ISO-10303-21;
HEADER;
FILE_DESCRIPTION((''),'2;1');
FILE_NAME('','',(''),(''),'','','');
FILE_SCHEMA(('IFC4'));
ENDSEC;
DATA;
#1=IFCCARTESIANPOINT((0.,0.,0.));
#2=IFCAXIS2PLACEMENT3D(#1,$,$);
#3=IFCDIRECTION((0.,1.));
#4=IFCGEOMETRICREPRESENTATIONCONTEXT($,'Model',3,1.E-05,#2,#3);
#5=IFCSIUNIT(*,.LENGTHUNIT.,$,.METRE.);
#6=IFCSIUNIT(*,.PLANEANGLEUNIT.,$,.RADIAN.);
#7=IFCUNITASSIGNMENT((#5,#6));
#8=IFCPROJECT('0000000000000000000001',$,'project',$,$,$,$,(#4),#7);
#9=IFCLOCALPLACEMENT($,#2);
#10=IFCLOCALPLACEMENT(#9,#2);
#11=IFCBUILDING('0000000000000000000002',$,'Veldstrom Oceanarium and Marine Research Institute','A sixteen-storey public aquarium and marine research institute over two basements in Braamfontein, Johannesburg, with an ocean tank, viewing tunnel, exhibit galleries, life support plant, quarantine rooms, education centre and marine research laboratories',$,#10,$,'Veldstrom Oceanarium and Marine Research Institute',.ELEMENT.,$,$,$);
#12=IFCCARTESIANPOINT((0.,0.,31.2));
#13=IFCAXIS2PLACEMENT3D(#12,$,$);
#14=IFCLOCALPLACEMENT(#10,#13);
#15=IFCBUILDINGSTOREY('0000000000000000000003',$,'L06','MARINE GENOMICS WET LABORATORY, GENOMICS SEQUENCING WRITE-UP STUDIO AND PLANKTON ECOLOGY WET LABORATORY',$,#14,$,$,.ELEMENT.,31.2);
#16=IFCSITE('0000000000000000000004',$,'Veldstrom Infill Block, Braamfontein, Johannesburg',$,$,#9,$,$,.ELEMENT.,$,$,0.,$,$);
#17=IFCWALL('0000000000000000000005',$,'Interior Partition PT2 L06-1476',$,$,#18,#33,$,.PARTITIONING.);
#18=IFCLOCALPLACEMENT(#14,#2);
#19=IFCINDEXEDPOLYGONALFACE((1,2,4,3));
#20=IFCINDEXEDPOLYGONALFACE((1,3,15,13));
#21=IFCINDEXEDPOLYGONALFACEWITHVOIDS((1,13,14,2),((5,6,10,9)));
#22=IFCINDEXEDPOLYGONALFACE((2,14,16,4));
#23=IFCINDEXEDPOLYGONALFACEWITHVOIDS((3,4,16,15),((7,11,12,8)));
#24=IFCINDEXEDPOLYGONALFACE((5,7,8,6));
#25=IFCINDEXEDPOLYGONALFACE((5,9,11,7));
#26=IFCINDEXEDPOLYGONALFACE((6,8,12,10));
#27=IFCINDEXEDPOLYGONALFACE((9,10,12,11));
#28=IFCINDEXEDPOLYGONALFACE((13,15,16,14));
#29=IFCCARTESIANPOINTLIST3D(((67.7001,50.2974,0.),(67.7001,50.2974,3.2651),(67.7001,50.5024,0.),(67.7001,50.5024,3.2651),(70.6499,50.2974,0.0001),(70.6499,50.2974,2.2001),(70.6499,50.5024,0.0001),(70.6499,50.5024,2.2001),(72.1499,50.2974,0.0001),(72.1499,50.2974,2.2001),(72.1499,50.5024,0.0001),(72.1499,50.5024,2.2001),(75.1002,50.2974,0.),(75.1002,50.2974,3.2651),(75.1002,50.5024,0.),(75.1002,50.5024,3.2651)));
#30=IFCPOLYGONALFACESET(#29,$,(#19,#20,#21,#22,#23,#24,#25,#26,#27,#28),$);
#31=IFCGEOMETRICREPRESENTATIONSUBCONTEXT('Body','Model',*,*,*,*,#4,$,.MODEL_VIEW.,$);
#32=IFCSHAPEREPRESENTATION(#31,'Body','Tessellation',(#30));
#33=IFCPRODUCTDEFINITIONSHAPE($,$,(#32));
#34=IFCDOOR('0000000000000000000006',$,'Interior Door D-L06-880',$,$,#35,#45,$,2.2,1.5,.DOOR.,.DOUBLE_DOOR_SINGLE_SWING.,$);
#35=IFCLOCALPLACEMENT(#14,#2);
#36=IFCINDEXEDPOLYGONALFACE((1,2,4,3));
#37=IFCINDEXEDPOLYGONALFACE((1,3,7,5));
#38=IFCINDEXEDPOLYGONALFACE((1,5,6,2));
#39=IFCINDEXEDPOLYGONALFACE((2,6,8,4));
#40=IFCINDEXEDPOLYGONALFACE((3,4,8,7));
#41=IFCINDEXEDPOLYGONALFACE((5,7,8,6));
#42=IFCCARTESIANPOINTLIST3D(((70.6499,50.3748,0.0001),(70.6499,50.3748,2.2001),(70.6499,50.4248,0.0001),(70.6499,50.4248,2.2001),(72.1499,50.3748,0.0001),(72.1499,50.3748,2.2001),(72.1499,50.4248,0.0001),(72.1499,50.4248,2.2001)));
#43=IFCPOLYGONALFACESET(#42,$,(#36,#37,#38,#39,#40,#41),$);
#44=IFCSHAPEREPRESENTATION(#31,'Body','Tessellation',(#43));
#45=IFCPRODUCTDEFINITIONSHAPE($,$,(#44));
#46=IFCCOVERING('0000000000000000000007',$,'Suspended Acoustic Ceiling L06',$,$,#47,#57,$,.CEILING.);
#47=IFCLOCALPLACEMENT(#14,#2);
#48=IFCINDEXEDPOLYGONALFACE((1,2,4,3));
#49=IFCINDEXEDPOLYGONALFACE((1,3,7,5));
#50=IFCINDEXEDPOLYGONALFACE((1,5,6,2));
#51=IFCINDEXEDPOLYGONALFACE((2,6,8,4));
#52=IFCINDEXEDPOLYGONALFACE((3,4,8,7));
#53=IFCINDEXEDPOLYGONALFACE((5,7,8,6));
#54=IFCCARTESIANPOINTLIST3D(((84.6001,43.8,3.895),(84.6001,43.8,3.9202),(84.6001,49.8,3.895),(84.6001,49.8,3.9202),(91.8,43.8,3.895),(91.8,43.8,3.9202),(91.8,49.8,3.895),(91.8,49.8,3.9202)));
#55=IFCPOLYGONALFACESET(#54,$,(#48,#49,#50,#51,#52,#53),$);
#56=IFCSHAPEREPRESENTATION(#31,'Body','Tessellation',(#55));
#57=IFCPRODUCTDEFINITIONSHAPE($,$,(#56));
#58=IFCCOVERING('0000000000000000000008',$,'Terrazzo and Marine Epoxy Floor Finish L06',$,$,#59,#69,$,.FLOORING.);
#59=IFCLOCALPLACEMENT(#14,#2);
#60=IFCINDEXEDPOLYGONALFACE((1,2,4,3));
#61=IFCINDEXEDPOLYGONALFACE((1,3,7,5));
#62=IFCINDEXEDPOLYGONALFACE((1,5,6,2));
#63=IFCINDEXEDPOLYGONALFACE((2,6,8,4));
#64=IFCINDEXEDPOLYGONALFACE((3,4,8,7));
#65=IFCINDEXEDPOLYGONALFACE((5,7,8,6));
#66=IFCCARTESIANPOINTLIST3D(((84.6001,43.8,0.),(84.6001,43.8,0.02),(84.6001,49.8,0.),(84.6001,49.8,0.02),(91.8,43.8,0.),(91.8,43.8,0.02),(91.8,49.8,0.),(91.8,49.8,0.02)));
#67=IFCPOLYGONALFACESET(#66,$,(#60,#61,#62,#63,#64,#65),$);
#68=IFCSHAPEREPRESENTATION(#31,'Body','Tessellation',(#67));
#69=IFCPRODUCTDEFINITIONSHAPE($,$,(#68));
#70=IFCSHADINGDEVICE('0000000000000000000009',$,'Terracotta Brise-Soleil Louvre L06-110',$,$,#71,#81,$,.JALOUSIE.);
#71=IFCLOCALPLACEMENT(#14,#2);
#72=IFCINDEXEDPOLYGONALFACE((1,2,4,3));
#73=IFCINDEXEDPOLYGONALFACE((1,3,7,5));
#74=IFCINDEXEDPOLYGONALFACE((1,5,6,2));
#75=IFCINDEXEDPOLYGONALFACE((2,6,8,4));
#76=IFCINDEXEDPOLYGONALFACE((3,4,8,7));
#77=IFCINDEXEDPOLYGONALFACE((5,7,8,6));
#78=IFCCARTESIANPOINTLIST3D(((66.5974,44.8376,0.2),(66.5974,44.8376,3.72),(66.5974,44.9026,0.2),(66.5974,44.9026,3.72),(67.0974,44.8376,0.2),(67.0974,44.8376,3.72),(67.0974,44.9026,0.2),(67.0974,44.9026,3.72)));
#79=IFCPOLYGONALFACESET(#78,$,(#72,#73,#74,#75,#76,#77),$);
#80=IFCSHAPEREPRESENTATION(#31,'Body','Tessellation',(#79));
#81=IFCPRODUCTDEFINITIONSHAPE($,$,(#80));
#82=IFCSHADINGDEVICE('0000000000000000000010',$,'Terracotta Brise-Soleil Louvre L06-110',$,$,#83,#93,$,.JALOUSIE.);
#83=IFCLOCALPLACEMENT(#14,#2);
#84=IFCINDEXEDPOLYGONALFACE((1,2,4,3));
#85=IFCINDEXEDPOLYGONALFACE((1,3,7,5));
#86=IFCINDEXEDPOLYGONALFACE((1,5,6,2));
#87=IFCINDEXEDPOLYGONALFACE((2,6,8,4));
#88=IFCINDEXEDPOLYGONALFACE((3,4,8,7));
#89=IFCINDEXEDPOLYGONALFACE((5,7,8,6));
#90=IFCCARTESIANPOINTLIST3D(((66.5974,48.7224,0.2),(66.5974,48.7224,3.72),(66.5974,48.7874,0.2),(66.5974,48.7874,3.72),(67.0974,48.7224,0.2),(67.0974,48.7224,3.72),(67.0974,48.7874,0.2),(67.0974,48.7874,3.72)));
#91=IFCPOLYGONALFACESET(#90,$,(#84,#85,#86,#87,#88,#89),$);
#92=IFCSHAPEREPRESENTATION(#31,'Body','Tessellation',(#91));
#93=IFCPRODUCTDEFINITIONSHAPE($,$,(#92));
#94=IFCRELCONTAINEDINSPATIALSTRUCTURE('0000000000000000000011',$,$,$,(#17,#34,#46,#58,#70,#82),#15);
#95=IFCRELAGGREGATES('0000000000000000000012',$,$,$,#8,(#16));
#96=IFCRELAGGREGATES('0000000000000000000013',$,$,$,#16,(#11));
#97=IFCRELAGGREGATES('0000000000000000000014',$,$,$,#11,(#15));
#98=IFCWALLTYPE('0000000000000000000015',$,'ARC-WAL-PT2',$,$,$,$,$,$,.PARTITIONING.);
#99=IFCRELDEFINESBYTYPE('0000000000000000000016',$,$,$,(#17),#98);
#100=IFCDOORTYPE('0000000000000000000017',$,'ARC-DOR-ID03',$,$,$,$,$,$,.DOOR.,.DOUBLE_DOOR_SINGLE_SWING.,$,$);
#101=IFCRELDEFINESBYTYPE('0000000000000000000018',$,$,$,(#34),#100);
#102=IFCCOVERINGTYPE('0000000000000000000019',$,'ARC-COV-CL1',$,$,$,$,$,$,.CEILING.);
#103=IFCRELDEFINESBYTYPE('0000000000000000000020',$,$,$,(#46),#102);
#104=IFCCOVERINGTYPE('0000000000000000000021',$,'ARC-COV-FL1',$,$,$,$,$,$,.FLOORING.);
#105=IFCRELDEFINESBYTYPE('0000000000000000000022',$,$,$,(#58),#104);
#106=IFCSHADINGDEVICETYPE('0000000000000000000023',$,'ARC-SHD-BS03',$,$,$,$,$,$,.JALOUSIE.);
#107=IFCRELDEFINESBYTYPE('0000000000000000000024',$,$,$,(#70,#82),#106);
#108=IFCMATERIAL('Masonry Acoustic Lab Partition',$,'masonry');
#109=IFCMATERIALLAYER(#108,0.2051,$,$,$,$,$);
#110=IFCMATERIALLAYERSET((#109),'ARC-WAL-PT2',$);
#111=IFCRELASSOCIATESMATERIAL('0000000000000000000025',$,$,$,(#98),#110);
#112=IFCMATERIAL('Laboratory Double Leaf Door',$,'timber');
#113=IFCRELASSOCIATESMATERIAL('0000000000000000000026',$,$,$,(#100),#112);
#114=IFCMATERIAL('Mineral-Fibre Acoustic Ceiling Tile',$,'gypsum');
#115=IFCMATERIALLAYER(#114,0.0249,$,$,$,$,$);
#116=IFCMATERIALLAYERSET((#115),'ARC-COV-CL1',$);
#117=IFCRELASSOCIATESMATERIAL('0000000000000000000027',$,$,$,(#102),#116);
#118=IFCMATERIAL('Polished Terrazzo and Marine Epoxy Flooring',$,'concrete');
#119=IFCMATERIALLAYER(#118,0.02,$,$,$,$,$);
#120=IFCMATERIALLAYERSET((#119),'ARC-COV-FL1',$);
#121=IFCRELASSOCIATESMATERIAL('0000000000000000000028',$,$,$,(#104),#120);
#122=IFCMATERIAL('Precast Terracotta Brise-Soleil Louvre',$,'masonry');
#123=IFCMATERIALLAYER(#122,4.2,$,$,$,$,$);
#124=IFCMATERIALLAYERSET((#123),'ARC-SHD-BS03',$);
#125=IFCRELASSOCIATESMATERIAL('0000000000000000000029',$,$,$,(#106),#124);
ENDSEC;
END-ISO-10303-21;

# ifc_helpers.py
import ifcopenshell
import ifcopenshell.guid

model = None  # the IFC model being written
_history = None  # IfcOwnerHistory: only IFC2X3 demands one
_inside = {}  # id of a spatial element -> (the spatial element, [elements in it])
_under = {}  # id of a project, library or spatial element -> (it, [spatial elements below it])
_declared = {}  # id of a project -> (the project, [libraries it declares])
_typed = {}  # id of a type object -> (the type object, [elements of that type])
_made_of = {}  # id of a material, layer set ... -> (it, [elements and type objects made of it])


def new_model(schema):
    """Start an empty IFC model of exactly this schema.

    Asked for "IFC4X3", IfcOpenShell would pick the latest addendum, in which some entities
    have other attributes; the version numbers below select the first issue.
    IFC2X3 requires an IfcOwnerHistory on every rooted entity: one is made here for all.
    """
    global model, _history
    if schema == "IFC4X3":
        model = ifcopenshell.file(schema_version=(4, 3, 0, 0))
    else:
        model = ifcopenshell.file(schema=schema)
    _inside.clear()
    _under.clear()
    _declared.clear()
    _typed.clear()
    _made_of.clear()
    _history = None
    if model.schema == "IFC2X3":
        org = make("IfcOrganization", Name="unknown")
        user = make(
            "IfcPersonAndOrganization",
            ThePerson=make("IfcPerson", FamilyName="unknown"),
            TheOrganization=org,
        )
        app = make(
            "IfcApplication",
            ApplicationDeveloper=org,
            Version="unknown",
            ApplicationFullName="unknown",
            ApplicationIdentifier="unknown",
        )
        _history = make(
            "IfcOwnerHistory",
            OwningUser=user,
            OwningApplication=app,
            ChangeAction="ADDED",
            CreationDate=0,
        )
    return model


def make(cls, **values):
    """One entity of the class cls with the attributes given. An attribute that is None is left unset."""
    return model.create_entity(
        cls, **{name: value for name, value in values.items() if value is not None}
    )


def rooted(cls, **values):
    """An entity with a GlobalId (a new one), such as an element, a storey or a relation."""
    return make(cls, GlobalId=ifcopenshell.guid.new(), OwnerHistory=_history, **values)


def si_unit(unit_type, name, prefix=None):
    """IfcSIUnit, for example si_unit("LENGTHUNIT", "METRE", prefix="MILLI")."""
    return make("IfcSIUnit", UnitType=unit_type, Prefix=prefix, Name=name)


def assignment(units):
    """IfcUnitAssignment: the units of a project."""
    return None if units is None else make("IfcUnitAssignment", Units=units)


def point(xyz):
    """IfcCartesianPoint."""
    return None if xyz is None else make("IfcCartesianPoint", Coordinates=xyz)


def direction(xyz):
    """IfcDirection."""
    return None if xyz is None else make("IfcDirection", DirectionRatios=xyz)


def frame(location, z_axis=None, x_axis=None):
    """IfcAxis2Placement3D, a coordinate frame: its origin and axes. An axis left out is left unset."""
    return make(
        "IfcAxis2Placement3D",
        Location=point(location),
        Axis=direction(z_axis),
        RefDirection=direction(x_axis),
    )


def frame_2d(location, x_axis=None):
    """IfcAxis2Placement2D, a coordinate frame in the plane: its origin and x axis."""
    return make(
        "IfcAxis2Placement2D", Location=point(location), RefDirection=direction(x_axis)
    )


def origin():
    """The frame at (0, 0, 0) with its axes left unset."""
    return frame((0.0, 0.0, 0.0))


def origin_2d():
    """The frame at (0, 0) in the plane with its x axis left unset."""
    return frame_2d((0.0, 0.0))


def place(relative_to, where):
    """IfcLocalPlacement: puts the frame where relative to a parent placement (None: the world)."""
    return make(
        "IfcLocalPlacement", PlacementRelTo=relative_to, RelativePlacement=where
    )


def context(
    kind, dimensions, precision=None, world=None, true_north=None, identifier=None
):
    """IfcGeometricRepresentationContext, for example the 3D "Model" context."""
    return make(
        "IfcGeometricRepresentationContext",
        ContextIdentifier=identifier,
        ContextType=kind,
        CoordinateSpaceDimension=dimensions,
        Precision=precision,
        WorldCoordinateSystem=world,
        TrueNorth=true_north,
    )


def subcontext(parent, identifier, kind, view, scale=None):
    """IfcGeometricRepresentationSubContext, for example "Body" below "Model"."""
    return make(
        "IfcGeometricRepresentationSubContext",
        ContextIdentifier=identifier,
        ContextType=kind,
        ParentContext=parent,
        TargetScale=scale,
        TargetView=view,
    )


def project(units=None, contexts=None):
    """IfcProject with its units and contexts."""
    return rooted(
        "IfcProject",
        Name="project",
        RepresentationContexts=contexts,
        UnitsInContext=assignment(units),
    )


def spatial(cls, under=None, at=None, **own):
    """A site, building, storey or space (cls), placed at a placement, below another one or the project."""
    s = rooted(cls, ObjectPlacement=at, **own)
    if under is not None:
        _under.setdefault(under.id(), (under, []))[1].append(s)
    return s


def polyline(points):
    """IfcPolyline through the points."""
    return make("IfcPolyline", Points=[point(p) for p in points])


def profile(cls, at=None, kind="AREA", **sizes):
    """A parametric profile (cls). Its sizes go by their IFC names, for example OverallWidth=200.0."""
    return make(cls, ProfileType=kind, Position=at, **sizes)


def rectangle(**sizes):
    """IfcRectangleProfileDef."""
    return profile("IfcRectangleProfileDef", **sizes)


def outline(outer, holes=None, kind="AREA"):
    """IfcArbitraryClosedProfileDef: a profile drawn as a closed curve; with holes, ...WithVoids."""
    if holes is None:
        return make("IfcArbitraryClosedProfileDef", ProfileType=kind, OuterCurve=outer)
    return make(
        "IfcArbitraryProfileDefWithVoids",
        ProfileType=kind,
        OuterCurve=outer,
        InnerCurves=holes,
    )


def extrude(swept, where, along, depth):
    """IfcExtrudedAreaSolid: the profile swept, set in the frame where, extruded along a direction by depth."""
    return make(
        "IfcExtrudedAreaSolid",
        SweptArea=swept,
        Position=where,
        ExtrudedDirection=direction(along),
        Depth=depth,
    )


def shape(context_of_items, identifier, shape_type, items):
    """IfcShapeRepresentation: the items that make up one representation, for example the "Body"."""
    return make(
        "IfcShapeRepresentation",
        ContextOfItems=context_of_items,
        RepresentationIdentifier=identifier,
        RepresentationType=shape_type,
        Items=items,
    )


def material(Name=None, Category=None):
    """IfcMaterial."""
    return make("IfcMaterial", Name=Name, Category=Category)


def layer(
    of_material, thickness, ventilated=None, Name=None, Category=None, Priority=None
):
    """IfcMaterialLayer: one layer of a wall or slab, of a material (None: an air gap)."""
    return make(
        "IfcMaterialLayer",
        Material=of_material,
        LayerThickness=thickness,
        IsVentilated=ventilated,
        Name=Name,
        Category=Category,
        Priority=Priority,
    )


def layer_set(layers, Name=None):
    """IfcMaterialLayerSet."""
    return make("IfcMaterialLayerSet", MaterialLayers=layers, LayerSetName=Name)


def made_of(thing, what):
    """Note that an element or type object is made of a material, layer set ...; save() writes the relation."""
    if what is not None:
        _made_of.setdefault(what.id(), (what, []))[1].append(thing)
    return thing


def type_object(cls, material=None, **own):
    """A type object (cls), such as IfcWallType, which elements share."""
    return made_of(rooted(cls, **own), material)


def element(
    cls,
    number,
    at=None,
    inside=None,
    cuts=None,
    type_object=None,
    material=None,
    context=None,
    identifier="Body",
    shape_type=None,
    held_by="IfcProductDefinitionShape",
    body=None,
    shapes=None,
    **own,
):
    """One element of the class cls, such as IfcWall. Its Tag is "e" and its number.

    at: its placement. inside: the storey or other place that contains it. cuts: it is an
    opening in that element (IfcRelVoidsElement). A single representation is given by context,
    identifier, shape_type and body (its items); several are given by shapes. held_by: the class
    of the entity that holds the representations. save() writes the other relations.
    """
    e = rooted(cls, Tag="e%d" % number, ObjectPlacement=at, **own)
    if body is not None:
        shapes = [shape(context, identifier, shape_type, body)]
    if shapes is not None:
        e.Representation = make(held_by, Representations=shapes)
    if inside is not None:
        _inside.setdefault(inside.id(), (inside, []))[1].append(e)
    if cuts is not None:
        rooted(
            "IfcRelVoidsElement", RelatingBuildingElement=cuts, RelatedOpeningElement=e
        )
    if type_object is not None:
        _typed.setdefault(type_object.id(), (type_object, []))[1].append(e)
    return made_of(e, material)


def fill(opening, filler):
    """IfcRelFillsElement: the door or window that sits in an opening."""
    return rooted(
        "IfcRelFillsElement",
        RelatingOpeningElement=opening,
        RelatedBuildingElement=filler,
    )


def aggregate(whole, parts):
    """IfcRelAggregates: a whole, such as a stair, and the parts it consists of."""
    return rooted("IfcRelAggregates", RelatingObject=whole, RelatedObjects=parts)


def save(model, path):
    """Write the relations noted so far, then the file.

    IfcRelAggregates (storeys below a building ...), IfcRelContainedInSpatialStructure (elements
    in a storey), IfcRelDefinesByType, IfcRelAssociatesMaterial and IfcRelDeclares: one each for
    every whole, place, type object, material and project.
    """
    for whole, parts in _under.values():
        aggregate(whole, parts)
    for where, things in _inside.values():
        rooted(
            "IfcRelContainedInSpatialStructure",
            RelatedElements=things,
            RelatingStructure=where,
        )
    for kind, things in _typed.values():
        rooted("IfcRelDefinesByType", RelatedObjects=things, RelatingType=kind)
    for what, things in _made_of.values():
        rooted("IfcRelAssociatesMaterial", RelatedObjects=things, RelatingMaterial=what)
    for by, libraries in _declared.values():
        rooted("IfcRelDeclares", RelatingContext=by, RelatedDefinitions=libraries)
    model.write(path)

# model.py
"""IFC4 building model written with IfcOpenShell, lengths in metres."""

from ifc_helpers import new_model, si_unit, direction, frame, frame_2d, origin, origin_2d, place, context, subcontext, project, spatial, polyline, rectangle, outline, extrude, material, layer, layer_set, type_object, element, fill, save


model = new_model("IFC4")

# Units and contexts
model_context = context("Model", 3, precision=1e-05, world=origin(), true_north=direction((0.0, 1.0)))
body_context = subcontext(model_context, "Body", "Model", "MODEL_VIEW")
ifc_project = project(units=[si_unit("LENGTHUNIT", "METRE"), si_unit("PLANEANGLEUNIT", "RADIAN")], contexts=[model_context])

# Site, building, storey
site_placement = place(None, origin())
site = spatial("IfcSite", under=ifc_project, at=site_placement, Name="Veldstrom Infill Block, Braamfontein, Johannesburg", CompositionType="ELEMENT", RefElevation=0.0)
building_placement = place(site_placement, origin())
building = spatial("IfcBuilding", under=site, at=building_placement, Name="Veldstrom Oceanarium and Marine Research Institute", Description="A sixteen-storey public aquarium and marine research institute over two basements in Braamfontein, Johannesburg, with an ocean tank, viewing tunnel, exhibit galleries, life support plant, quarantine rooms, education centre and marine research laboratories", LongName="Veldstrom Oceanarium and Marine Research Institute", CompositionType="ELEMENT")
storey_placement = place(building_placement, frame((0.0, 0.0, 31.2)))
storey = spatial("IfcBuildingStorey", under=building, at=storey_placement, Name="L06", Description="MARINE GENOMICS WET LABORATORY, GENOMICS SEQUENCING WRITE-UP STUDIO AND PLANKTON ECOLOGY WET LABORATORY", CompositionType="ELEMENT", Elevation=31.2)

# Wall, opening, door
ifc_material_1 = material(Name="Masonry Acoustic Lab Partition", Category="masonry")
ifc_layer_1 = layer(ifc_material_1, 0.2051)
ifc_layer_set_1 = layer_set([ifc_layer_1], Name="ARC-WAL-PT2")
wall_type_1 = type_object("IfcWallType", Name="ARC-WAL-PT2", PredefinedType="PARTITIONING", material=ifc_layer_set_1)
wall_1_placement = place(storey_placement, frame((67.7, 50.3999, 0.0), z_axis=(0.0, 0.0, 1.0), x_axis=(1.0, 0.0, 0.0)))
wall_1 = element("IfcWall", 1, at=wall_1_placement, inside=storey, type_object=wall_type_1, Name="Interior Partition PT2 L06-1476", PredefinedType="PARTITIONING", context=body_context, shape_type="SweptSolid", body=[
    extrude(rectangle(XDim=7.4001, YDim=0.2051, at=frame_2d((3.7002, 0.0))), origin(), (0.0, 0.0, 1.0), 3.2651),
])
opening_1_placement = place(wall_1_placement, frame((2.95, 0.0, 0.0)))
opening_1 = element("IfcOpeningElement", 2, at=opening_1_placement, cuts=wall_1, PredefinedType="OPENING", context=body_context, shape_type="SweptSolid", body=[
    extrude(rectangle(XDim=1.5, YDim=2.2, at=frame_2d((0.75, 1.1001))), frame((0.0, 0.1125, 0.0), z_axis=(0.0, -1.0, 0.0), x_axis=(1.0, 0.0, 0.0)), (0.0, 0.0, 1.0), 0.2251),
])
ifc_material_2 = material(Name="Laboratory Double Leaf Door", Category="timber")
door_type = type_object("IfcDoorType", Name="ARC-DOR-ID03", OperationType="DOUBLE_DOOR_SINGLE_SWING", PredefinedType="DOOR", material=ifc_material_2)
door_placement = place(opening_1_placement, origin())
door = element("IfcDoor", 3, at=door_placement, inside=storey, type_object=door_type, Name="Interior Door D-L06-880", OperationType="DOUBLE_DOOR_SINGLE_SWING", OverallHeight=2.2, OverallWidth=1.5, PredefinedType="DOOR", context=body_context, shape_type="SweptSolid", body=[
    extrude(rectangle(XDim=1.5, YDim=2.2, at=frame_2d((0.75, 1.1001))), frame((0.0, 0.0249, 0.0), z_axis=(0.0, -1.0, 0.0), x_axis=(1.0, 0.0, 0.0)), (0.0, 0.0, 1.0), 0.05),
])
fill(opening_1, door)

# Coverings
ifc_material_3 = material(Name="Mineral-Fibre Acoustic Ceiling Tile", Category="gypsum")
ifc_layer_2 = layer(ifc_material_3, 0.0249)
ifc_layer_set_2 = layer_set([ifc_layer_2], Name="ARC-COV-CL1")
covering_type_1 = type_object("IfcCoveringType", Name="ARC-COV-CL1", PredefinedType="CEILING", material=ifc_layer_set_2)
covering_1_placement = place(storey_placement, frame((0.0, 0.0, 3.895)))
element("IfcCovering", 4, at=covering_1_placement, inside=storey, type_object=covering_type_1, Name="Suspended Acoustic Ceiling L06", PredefinedType="CEILING", context=body_context, shape_type="SweptSolid", body=[
    extrude(outline(polyline([(84.6001, 43.8), (91.8, 43.8), (91.8, 49.8), (84.6001, 49.8), (84.6001, 43.8)])), origin(), (0.0, 0.0, 1.0), 0.0251),
])
ifc_material_4 = material(Name="Polished Terrazzo and Marine Epoxy Flooring", Category="concrete")
ifc_layer_3 = layer(ifc_material_4, 0.02)
ifc_layer_set_3 = layer_set([ifc_layer_3], Name="ARC-COV-FL1")
covering_type_2 = type_object("IfcCoveringType", Name="ARC-COV-FL1", PredefinedType="FLOORING", material=ifc_layer_set_3)
covering_2_placement = place(storey_placement, origin())
element("IfcCovering", 5, at=covering_2_placement, inside=storey, type_object=covering_type_2, Name="Terrazzo and Marine Epoxy Floor Finish L06", PredefinedType="FLOORING", context=body_context, shape_type="SweptSolid", body=[
    extrude(outline(polyline([(84.6001, 43.8), (91.8, 43.8), (91.8, 49.8), (84.6001, 49.8), (84.6001, 43.8)])), origin(), (0.0, 0.0, 1.0), 0.02),
])

# Shading devices
ifc_material_5 = material(Name="Precast Terracotta Brise-Soleil Louvre", Category="masonry")
ifc_layer_4 = layer(ifc_material_5, 4.2)
ifc_layer_set_4 = layer_set([ifc_layer_4], Name="ARC-SHD-BS03")
shading_device_type = type_object("IfcShadingDeviceType", Name="ARC-SHD-BS03", PredefinedType="JALOUSIE", material=ifc_layer_set_4)
for number, where, z_axis, x_axis, name in (
    (6, (66.8474, 44.8701, 0.2), (0.0, 0.0, 1.0), (1.0, 0.0, 0.0), "Terracotta Brise-Soleil Louvre L06-110"),
    (7, (66.8474, 48.7549, 0.2), (0.0, 0.0, 1.0), (1.0, 0.0, 0.0), "Terracotta Brise-Soleil Louvre L06-110"),
):
    element("IfcShadingDevice", number, at=place(storey_placement, frame(where, z_axis=z_axis, x_axis=x_axis)), inside=storey, type_object=shading_device_type, Name=name, PredefinedType="JALOUSIE", context=body_context, shape_type="SweptSolid", body=[
        extrude(rectangle(XDim=0.5, YDim=0.0649, at=origin_2d()), origin(), (0.0, 0.0, 1.0), 3.52),
    ])

save(model, "model.ifc")
